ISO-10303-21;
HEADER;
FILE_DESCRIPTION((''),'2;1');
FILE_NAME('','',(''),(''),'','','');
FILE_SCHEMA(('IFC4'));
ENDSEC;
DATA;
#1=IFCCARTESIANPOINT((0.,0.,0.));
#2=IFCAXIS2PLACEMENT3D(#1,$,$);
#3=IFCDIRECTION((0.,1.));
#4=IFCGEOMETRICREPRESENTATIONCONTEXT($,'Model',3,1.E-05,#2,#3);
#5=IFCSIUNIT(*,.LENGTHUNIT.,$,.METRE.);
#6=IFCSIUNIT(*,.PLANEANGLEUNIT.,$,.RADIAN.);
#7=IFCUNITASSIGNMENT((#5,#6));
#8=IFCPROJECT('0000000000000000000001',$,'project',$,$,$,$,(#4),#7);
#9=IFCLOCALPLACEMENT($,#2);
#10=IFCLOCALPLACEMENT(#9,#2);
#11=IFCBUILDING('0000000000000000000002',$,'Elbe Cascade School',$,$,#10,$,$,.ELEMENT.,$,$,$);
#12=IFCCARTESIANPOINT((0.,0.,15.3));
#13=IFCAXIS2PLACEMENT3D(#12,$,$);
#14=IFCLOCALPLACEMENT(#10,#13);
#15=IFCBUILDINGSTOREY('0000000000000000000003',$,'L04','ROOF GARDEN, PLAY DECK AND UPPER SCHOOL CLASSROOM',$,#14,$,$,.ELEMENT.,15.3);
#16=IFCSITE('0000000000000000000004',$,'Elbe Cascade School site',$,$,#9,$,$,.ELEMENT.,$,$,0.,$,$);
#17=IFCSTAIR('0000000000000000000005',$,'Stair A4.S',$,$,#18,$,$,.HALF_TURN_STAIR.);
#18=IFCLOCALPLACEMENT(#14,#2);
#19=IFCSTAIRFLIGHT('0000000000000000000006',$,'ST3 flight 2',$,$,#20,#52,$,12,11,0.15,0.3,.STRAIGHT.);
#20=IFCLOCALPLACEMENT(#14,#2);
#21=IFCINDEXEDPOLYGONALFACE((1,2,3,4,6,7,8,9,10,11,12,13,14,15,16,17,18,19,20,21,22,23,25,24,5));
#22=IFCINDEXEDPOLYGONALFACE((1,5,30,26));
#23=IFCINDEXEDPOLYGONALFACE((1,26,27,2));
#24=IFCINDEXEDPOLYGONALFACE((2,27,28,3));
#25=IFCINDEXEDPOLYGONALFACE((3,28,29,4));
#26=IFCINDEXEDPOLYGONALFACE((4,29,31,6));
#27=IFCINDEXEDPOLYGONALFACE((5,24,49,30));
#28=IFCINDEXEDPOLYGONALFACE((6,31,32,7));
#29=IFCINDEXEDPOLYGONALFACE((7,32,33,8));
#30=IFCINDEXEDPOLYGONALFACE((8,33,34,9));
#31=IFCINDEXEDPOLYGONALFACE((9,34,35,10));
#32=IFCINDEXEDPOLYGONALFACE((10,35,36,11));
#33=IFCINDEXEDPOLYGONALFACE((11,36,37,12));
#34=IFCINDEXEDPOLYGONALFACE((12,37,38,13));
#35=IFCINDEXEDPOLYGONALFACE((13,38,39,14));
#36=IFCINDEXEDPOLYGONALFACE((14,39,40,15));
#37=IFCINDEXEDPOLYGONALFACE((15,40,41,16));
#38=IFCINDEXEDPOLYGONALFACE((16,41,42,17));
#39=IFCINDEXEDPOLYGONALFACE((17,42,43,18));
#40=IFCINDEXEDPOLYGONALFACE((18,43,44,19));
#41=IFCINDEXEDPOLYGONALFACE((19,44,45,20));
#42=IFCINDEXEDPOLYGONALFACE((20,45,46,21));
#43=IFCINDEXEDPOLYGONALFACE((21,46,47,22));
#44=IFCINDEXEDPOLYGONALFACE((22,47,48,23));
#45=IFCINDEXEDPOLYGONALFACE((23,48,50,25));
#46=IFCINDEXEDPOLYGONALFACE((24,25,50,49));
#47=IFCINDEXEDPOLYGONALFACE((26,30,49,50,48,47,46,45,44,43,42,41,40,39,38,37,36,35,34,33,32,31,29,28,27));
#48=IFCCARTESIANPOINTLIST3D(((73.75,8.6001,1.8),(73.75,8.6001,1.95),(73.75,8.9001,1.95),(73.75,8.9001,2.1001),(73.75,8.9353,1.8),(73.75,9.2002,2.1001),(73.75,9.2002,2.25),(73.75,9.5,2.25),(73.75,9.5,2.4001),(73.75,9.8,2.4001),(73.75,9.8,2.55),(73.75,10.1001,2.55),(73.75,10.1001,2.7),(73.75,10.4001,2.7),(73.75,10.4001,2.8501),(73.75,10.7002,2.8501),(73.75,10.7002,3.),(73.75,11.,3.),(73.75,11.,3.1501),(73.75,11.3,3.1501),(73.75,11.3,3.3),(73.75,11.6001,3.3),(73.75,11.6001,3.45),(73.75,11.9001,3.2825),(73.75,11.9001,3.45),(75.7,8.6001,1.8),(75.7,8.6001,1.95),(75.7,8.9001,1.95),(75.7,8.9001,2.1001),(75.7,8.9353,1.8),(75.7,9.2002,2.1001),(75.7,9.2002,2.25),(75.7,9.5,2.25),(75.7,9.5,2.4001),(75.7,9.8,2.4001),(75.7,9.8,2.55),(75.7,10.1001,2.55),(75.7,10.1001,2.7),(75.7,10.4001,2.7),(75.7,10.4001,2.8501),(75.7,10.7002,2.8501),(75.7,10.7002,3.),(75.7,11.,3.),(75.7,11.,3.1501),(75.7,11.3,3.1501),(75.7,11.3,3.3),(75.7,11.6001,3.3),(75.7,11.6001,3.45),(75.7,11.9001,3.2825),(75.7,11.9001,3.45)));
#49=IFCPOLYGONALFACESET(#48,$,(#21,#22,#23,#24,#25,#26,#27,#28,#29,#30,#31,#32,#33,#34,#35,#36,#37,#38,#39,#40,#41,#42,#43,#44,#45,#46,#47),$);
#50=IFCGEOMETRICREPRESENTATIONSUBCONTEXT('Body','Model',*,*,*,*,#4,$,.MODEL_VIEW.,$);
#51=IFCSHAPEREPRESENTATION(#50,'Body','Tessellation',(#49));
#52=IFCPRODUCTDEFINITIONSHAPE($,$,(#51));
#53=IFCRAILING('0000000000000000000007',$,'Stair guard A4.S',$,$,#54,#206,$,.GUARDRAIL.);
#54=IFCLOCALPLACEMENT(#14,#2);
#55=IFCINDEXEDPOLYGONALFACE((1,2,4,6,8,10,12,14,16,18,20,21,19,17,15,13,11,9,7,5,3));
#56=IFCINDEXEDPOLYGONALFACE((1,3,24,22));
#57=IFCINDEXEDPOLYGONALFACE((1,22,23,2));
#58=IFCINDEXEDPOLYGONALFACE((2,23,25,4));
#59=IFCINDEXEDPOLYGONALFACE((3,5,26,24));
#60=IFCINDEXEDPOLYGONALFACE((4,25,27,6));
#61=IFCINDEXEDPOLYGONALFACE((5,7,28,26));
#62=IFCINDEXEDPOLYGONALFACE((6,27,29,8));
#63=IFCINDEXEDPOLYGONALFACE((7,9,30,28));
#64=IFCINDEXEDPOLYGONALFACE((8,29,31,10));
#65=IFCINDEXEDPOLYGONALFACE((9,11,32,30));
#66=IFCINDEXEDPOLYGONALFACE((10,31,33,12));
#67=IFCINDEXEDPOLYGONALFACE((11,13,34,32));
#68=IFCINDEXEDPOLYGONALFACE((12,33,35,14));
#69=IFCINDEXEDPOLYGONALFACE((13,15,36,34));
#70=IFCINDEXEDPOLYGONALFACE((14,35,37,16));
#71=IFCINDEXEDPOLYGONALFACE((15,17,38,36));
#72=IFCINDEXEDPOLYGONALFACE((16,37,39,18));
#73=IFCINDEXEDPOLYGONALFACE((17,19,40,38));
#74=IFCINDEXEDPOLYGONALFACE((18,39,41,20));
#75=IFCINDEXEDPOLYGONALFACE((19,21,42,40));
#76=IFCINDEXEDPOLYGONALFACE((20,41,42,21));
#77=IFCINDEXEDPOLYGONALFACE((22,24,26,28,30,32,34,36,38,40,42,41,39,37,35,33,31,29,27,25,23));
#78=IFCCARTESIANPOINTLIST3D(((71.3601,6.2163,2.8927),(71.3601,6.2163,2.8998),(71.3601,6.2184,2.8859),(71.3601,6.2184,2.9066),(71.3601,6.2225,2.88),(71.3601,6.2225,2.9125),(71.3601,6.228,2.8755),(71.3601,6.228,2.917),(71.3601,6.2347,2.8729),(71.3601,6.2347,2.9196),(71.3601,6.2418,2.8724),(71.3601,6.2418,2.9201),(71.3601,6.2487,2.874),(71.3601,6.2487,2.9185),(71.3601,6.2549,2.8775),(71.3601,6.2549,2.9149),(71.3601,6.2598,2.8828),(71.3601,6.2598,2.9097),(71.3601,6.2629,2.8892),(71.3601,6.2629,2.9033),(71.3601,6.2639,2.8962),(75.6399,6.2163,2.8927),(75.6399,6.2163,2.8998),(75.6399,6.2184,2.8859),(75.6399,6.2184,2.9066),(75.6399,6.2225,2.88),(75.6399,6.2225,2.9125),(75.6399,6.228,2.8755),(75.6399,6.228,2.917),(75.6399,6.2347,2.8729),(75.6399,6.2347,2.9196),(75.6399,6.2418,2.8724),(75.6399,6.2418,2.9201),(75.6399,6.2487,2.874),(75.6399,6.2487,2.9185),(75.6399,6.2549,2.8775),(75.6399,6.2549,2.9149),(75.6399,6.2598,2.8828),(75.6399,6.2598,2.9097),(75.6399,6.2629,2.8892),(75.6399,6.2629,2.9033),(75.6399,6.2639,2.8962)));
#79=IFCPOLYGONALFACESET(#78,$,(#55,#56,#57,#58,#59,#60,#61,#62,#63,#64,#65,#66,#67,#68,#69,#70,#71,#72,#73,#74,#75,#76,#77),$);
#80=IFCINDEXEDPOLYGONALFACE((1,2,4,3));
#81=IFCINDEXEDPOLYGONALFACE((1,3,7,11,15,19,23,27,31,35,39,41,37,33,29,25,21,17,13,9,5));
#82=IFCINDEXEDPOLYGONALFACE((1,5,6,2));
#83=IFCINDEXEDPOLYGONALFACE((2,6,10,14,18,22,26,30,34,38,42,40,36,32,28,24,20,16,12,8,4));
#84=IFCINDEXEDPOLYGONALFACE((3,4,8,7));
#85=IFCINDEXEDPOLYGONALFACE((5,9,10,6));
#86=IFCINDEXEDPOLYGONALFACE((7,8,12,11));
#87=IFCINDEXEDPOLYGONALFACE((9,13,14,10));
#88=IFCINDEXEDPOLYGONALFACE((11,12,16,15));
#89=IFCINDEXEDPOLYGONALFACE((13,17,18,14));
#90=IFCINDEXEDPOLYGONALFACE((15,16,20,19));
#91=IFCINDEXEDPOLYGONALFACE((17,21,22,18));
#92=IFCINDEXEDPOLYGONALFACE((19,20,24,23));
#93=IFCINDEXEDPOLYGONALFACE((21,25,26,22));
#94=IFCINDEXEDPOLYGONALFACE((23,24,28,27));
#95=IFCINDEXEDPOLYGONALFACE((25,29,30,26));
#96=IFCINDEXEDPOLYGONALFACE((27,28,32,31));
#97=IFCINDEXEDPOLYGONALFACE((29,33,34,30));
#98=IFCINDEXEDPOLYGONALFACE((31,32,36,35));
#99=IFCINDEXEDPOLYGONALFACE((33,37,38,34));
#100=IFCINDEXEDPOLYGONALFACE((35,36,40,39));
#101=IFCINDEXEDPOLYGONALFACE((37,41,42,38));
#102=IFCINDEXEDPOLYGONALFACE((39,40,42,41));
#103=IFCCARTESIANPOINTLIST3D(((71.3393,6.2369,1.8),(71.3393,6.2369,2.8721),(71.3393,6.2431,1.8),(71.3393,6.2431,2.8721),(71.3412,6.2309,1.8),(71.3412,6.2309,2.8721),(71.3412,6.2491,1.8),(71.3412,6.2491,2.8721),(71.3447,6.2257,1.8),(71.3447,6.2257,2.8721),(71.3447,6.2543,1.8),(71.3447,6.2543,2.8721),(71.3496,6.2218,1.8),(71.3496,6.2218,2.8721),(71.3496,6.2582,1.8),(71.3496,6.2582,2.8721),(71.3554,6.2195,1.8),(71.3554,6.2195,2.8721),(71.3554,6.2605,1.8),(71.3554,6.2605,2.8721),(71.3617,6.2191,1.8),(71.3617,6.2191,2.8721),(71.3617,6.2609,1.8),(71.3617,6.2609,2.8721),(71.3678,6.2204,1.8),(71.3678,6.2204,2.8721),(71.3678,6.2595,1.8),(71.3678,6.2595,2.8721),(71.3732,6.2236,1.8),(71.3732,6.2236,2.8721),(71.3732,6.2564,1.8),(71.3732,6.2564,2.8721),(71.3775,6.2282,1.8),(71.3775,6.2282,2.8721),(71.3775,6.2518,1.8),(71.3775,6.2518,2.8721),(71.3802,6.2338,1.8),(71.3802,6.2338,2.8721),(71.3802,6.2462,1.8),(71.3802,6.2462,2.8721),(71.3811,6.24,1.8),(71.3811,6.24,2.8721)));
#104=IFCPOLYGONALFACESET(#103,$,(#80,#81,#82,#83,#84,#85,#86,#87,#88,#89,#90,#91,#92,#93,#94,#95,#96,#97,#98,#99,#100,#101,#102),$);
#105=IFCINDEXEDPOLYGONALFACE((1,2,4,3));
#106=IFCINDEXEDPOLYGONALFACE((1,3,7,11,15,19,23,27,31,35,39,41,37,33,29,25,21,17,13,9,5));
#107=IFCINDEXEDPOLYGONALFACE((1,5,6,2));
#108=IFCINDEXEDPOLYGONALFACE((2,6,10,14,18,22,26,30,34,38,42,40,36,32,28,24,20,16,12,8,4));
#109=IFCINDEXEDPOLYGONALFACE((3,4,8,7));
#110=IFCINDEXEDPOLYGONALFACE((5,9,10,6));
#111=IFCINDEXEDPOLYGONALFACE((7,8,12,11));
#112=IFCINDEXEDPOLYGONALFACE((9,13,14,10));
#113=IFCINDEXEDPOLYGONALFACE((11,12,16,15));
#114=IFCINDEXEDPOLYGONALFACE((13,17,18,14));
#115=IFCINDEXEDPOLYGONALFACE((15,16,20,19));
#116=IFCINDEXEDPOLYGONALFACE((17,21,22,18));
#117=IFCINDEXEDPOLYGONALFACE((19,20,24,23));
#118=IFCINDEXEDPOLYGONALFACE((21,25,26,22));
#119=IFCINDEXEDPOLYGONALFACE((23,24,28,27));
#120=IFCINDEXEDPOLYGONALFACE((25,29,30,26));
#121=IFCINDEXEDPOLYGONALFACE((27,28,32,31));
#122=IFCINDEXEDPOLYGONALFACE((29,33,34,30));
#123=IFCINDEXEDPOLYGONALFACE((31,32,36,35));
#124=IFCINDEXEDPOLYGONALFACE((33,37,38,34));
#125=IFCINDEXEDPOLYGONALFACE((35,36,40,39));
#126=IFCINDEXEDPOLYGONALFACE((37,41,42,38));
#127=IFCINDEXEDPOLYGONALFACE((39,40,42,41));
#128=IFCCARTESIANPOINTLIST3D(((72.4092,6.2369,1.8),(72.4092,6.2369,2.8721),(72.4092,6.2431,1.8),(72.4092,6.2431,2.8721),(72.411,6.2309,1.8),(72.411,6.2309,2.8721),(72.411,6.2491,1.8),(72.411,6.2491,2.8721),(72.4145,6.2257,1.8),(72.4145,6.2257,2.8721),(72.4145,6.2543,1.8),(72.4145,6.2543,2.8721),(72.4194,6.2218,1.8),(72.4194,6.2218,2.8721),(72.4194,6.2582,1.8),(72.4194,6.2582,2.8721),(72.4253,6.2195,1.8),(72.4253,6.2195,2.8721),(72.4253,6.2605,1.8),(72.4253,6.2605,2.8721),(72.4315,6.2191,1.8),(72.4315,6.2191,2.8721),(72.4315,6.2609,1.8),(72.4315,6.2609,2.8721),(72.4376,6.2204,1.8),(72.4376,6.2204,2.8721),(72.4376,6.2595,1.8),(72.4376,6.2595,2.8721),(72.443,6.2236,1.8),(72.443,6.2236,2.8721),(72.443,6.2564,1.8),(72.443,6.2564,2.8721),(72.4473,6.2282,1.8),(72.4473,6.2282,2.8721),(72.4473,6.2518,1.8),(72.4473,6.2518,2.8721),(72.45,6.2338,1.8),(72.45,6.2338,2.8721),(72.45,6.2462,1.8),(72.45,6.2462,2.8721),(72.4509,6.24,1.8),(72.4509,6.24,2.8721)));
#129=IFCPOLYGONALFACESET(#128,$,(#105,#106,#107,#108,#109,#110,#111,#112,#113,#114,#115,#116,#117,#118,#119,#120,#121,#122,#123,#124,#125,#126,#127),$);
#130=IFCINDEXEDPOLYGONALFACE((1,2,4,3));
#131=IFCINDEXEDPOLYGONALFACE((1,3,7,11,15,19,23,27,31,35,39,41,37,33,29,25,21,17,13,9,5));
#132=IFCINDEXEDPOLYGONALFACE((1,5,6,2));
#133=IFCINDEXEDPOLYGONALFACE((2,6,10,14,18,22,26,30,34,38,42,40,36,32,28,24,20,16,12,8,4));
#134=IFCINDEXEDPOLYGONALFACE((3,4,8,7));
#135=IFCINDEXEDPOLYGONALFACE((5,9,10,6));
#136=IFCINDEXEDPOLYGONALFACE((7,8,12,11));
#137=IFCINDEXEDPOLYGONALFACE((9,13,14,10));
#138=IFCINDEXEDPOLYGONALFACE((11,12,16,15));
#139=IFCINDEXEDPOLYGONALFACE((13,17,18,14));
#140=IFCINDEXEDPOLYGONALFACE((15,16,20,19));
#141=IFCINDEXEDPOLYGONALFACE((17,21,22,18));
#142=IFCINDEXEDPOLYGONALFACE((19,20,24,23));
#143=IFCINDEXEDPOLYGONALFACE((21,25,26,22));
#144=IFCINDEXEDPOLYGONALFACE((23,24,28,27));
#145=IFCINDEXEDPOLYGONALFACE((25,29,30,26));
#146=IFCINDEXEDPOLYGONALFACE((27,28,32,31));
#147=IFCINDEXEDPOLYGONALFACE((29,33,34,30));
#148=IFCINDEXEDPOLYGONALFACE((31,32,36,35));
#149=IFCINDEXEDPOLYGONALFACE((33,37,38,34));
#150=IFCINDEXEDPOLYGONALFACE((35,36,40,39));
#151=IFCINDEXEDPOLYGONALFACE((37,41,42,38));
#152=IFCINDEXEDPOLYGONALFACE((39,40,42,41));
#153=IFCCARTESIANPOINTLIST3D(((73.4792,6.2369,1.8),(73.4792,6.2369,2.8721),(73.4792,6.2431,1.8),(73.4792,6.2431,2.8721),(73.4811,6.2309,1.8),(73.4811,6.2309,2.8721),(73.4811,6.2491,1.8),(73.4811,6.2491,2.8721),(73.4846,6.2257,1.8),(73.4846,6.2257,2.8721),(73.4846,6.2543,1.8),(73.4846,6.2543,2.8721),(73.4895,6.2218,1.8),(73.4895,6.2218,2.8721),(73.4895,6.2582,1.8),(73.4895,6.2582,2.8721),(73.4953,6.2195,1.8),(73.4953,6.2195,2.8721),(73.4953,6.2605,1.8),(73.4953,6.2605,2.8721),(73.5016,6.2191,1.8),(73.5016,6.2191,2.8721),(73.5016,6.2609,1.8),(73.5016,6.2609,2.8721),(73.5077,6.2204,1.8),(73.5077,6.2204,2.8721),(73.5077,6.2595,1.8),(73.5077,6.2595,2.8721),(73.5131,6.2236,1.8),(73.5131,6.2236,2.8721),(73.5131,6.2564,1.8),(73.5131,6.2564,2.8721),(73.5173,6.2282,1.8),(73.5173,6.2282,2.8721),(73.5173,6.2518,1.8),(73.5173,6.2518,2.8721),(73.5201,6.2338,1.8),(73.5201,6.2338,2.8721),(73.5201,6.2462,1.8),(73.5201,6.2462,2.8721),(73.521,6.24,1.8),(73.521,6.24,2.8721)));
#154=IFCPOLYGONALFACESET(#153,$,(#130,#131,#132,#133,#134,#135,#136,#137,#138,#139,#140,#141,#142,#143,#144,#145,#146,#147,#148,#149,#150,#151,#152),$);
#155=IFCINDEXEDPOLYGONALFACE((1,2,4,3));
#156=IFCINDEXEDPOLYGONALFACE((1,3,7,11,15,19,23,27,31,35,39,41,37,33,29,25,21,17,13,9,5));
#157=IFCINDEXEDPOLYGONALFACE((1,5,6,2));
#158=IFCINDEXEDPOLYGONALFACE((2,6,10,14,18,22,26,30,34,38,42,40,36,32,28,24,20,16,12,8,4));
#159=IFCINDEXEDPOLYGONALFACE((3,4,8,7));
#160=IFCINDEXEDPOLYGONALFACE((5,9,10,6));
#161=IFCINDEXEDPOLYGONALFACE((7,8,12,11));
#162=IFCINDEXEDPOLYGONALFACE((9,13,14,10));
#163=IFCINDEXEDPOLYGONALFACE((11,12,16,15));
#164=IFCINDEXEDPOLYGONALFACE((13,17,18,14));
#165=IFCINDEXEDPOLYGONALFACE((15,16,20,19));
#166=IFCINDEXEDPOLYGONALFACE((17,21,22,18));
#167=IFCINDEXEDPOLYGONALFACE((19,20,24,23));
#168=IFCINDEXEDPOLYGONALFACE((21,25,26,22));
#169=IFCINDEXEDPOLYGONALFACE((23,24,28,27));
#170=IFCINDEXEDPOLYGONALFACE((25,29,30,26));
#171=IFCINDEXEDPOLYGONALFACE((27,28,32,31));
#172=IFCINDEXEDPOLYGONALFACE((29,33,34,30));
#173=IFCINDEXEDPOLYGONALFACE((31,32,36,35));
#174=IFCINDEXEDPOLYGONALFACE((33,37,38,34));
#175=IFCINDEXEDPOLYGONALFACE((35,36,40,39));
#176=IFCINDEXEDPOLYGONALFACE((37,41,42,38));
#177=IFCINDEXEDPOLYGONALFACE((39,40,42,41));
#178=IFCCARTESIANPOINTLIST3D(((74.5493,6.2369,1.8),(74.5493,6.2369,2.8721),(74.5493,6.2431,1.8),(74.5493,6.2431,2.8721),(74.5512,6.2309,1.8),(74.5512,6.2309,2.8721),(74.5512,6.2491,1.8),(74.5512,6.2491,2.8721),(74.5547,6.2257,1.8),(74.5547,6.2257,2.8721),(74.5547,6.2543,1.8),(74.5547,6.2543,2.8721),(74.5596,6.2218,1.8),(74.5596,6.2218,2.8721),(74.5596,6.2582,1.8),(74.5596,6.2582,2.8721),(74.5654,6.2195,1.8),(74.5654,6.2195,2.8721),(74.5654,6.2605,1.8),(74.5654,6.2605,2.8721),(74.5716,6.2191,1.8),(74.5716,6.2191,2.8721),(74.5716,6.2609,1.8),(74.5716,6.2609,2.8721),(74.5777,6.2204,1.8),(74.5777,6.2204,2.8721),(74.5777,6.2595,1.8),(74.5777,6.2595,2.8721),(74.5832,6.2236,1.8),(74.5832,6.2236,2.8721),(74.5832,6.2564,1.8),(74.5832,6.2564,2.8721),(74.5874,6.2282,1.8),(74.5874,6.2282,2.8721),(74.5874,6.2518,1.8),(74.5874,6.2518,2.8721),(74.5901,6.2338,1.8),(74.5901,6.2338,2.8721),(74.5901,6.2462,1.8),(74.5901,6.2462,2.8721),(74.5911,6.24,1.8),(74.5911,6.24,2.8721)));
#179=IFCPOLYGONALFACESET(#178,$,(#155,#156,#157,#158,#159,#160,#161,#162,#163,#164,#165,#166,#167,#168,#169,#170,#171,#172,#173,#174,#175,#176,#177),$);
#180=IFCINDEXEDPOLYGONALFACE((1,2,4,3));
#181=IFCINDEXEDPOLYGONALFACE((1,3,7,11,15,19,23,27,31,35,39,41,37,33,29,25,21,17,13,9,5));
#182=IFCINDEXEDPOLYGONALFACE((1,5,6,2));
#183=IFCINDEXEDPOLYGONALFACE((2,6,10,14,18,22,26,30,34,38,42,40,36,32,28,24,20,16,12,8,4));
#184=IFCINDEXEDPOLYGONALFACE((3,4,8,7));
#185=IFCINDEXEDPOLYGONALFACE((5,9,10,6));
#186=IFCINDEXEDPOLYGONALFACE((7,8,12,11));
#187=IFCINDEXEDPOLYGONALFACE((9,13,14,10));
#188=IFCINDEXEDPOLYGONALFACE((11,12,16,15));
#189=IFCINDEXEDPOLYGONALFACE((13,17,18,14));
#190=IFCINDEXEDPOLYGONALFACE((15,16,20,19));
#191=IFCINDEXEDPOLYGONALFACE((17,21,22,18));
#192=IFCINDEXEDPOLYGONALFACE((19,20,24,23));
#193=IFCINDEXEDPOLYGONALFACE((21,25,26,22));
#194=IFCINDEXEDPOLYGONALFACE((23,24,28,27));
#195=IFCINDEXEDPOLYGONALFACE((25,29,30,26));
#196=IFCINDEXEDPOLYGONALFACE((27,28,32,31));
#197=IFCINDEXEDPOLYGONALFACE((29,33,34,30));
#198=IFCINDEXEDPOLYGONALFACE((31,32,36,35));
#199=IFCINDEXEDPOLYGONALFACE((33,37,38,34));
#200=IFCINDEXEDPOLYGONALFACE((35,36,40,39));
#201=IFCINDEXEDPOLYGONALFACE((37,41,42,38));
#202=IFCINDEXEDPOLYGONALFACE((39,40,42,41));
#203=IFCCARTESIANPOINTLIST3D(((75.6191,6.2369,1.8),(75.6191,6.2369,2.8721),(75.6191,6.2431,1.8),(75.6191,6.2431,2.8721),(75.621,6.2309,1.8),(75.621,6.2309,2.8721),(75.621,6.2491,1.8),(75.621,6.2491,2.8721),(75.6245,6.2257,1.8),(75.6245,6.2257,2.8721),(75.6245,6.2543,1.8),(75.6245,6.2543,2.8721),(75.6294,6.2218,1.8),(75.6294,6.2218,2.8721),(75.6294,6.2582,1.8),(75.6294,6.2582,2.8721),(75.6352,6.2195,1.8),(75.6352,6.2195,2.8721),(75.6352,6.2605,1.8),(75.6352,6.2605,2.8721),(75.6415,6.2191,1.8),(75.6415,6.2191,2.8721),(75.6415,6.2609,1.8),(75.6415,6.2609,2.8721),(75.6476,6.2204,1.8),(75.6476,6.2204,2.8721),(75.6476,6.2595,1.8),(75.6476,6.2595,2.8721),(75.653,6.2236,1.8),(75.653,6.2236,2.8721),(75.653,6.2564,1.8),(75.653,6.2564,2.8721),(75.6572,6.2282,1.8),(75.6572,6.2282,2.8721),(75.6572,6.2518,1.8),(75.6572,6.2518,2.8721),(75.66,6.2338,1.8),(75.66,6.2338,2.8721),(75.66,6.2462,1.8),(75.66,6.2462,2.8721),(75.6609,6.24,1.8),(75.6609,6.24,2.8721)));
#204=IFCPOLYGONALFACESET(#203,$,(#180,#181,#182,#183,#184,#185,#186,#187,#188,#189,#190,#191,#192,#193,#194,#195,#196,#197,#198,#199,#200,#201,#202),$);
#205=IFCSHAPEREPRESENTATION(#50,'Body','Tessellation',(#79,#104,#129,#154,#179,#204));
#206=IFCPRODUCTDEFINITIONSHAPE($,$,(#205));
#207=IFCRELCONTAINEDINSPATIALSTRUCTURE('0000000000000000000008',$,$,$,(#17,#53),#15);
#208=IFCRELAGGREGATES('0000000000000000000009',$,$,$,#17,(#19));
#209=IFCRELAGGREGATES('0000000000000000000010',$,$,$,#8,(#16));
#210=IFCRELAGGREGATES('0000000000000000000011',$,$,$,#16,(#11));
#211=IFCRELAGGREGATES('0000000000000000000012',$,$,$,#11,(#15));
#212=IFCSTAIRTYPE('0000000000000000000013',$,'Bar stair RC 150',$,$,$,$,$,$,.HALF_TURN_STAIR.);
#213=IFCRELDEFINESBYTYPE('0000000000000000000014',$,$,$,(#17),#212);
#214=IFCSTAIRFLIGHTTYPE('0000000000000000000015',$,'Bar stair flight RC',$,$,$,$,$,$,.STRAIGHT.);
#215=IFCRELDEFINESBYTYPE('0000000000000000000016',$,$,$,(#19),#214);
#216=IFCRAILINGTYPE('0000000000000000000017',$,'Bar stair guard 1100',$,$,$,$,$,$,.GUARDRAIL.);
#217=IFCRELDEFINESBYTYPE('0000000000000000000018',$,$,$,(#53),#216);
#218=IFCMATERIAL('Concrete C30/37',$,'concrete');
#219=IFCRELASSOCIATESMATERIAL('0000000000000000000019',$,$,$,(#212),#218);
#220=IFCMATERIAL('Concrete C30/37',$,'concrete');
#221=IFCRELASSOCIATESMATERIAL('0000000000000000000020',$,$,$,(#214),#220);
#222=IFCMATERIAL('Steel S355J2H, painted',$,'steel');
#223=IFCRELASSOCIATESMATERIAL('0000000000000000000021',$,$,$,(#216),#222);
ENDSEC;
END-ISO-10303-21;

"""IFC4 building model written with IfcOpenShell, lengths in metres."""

from ifc_helpers import new_model, si_unit, direction, frame, origin, origin_2d, place, context, subcontext, project, spatial, polyline, circle, outline, extrude, material, type_object, element, aggregate, save


model = new_model("IFC4")

# Units and contexts
model_context = context("Model", 3, precision=1e-05, world=origin(), true_north=direction((0.0, 1.0)))
body_context = subcontext(model_context, "Body", "Model", "MODEL_VIEW")
ifc_project = project(units=[si_unit("LENGTHUNIT", "METRE"), si_unit("PLANEANGLEUNIT", "RADIAN")], contexts=[model_context])

# Site, building, storey
site_placement = place(None, origin())
site = spatial("IfcSite", under=ifc_project, at=site_placement, Name="Elbe Cascade School site", CompositionType="ELEMENT", RefElevation=0.0)
building_placement = place(site_placement, origin())
building = spatial("IfcBuilding", under=site, at=building_placement, Name="Elbe Cascade School", CompositionType="ELEMENT")
storey_placement = place(building_placement, frame((0.0, 0.0, 15.3)))
storey = spatial("IfcBuildingStorey", under=building, at=storey_placement, Name="L04", Description="ROOF GARDEN, PLAY DECK AND UPPER SCHOOL CLASSROOM", CompositionType="ELEMENT", Elevation=15.3)

# Stair, stair flight
ifc_material_1 = material(Name="Concrete C30/37", Category="concrete")
stair_type = type_object("IfcStairType", Name="Bar stair RC 150", PredefinedType="HALF_TURN_STAIR", material=ifc_material_1)
stair_placement = place(storey_placement, origin())
stair = element("IfcStair", 1, at=stair_placement, inside=storey, type_object=stair_type, Name="Stair A4.S", PredefinedType="HALF_TURN_STAIR")
ifc_material_2 = material(Name="Concrete C30/37", Category="concrete")
stair_flight_type = type_object("IfcStairFlightType", Name="Bar stair flight RC", PredefinedType="STRAIGHT", material=ifc_material_2)
stair_flight_placement = place(storey_placement, frame((74.7251, 8.6001, 1.8), z_axis=(0.0, 0.0, 1.0), x_axis=(0.0, 1.0, 0.0)))
stair_flight = element("IfcStairFlight", 2, at=stair_flight_placement, type_object=stair_flight_type, Name="ST3 flight 2", NumberOfRisers=12, NumberOfTreads=11, PredefinedType="STRAIGHT", RiserHeight=0.15, TreadLength=0.3, context=body_context, shape_type="SweptSolid", body=[
    extrude(outline(polyline([(0.0, 0.0), (0.0, 0.1499), (0.3, 0.1499), (0.3, 0.3), (0.6001, 0.3), (0.6001, 0.45), (0.8999, 0.45), (0.8999, 0.6001), (1.2, 0.6001), (1.2, 0.75), (1.5, 0.75), (1.5, 0.8999), (1.8, 0.8999), (1.8, 1.05), (2.1001, 1.05), (2.1001, 1.2), (2.3999, 1.2), (2.3999, 1.3501), (2.7, 1.3501), (2.7, 1.5), (3.0, 1.5), (3.0, 1.6499), (3.3, 1.6499), (3.3, 1.8), (3.3, 1.4824), (0.3352, 0.0), (0.0, 0.0)])), frame((0.0, 0.9751, 0.0), z_axis=(0.0, -1.0, 0.0), x_axis=(1.0, 0.0, 0.0)), (0.0, 0.0, 1.0), 1.95),
])
aggregate(stair, [stair_flight])

# Railing
ifc_material_3 = material(Name="Steel S355J2H, painted", Category="steel")
railing_type_1 = type_object("IfcRailingType", Name="Bar stair guard 1100", PredefinedType="GUARDRAIL", material=ifc_material_3)
railing_1_placement = place(storey_placement, frame((71.3601, 6.24, 1.8)))
element("IfcRailing", 3, at=railing_1_placement, inside=storey, type_object=railing_type_1, Name="Stair guard A4.S", PredefinedType="GUARDRAIL", context=body_context, shape_type="SweptSolid", body=[
    extrude(circle(Radius=0.0239, at=origin_2d()), frame((0.0, 0.0, 1.0962), z_axis=(1.0, 0.0, 0.0), x_axis=(0.0, 1.0, 0.0)), (0.0, 0.0, 1.0), 4.2798),
    extrude(circle(Radius=0.021, at=origin_2d()), origin(), (0.0, 0.0, 1.0), 1.072),
    extrude(circle(Radius=0.021, at=origin_2d()), frame((1.0698, 0.0, 0.0)), (0.0, 0.0, 1.0), 1.072),
    extrude(circle(Radius=0.021, at=origin_2d()), frame((2.1399, 0.0, 0.0)), (0.0, 0.0, 1.0), 1.072),
    extrude(circle(Radius=0.021, at=origin_2d()), frame((3.21, 0.0, 0.0)), (0.0, 0.0, 1.0), 1.072),
    extrude(circle(Radius=0.021, at=origin_2d()), frame((4.2798, 0.0, 0.0)), (0.0, 0.0, 1.0), 1.072),
])

save(model, "model.ifc")
